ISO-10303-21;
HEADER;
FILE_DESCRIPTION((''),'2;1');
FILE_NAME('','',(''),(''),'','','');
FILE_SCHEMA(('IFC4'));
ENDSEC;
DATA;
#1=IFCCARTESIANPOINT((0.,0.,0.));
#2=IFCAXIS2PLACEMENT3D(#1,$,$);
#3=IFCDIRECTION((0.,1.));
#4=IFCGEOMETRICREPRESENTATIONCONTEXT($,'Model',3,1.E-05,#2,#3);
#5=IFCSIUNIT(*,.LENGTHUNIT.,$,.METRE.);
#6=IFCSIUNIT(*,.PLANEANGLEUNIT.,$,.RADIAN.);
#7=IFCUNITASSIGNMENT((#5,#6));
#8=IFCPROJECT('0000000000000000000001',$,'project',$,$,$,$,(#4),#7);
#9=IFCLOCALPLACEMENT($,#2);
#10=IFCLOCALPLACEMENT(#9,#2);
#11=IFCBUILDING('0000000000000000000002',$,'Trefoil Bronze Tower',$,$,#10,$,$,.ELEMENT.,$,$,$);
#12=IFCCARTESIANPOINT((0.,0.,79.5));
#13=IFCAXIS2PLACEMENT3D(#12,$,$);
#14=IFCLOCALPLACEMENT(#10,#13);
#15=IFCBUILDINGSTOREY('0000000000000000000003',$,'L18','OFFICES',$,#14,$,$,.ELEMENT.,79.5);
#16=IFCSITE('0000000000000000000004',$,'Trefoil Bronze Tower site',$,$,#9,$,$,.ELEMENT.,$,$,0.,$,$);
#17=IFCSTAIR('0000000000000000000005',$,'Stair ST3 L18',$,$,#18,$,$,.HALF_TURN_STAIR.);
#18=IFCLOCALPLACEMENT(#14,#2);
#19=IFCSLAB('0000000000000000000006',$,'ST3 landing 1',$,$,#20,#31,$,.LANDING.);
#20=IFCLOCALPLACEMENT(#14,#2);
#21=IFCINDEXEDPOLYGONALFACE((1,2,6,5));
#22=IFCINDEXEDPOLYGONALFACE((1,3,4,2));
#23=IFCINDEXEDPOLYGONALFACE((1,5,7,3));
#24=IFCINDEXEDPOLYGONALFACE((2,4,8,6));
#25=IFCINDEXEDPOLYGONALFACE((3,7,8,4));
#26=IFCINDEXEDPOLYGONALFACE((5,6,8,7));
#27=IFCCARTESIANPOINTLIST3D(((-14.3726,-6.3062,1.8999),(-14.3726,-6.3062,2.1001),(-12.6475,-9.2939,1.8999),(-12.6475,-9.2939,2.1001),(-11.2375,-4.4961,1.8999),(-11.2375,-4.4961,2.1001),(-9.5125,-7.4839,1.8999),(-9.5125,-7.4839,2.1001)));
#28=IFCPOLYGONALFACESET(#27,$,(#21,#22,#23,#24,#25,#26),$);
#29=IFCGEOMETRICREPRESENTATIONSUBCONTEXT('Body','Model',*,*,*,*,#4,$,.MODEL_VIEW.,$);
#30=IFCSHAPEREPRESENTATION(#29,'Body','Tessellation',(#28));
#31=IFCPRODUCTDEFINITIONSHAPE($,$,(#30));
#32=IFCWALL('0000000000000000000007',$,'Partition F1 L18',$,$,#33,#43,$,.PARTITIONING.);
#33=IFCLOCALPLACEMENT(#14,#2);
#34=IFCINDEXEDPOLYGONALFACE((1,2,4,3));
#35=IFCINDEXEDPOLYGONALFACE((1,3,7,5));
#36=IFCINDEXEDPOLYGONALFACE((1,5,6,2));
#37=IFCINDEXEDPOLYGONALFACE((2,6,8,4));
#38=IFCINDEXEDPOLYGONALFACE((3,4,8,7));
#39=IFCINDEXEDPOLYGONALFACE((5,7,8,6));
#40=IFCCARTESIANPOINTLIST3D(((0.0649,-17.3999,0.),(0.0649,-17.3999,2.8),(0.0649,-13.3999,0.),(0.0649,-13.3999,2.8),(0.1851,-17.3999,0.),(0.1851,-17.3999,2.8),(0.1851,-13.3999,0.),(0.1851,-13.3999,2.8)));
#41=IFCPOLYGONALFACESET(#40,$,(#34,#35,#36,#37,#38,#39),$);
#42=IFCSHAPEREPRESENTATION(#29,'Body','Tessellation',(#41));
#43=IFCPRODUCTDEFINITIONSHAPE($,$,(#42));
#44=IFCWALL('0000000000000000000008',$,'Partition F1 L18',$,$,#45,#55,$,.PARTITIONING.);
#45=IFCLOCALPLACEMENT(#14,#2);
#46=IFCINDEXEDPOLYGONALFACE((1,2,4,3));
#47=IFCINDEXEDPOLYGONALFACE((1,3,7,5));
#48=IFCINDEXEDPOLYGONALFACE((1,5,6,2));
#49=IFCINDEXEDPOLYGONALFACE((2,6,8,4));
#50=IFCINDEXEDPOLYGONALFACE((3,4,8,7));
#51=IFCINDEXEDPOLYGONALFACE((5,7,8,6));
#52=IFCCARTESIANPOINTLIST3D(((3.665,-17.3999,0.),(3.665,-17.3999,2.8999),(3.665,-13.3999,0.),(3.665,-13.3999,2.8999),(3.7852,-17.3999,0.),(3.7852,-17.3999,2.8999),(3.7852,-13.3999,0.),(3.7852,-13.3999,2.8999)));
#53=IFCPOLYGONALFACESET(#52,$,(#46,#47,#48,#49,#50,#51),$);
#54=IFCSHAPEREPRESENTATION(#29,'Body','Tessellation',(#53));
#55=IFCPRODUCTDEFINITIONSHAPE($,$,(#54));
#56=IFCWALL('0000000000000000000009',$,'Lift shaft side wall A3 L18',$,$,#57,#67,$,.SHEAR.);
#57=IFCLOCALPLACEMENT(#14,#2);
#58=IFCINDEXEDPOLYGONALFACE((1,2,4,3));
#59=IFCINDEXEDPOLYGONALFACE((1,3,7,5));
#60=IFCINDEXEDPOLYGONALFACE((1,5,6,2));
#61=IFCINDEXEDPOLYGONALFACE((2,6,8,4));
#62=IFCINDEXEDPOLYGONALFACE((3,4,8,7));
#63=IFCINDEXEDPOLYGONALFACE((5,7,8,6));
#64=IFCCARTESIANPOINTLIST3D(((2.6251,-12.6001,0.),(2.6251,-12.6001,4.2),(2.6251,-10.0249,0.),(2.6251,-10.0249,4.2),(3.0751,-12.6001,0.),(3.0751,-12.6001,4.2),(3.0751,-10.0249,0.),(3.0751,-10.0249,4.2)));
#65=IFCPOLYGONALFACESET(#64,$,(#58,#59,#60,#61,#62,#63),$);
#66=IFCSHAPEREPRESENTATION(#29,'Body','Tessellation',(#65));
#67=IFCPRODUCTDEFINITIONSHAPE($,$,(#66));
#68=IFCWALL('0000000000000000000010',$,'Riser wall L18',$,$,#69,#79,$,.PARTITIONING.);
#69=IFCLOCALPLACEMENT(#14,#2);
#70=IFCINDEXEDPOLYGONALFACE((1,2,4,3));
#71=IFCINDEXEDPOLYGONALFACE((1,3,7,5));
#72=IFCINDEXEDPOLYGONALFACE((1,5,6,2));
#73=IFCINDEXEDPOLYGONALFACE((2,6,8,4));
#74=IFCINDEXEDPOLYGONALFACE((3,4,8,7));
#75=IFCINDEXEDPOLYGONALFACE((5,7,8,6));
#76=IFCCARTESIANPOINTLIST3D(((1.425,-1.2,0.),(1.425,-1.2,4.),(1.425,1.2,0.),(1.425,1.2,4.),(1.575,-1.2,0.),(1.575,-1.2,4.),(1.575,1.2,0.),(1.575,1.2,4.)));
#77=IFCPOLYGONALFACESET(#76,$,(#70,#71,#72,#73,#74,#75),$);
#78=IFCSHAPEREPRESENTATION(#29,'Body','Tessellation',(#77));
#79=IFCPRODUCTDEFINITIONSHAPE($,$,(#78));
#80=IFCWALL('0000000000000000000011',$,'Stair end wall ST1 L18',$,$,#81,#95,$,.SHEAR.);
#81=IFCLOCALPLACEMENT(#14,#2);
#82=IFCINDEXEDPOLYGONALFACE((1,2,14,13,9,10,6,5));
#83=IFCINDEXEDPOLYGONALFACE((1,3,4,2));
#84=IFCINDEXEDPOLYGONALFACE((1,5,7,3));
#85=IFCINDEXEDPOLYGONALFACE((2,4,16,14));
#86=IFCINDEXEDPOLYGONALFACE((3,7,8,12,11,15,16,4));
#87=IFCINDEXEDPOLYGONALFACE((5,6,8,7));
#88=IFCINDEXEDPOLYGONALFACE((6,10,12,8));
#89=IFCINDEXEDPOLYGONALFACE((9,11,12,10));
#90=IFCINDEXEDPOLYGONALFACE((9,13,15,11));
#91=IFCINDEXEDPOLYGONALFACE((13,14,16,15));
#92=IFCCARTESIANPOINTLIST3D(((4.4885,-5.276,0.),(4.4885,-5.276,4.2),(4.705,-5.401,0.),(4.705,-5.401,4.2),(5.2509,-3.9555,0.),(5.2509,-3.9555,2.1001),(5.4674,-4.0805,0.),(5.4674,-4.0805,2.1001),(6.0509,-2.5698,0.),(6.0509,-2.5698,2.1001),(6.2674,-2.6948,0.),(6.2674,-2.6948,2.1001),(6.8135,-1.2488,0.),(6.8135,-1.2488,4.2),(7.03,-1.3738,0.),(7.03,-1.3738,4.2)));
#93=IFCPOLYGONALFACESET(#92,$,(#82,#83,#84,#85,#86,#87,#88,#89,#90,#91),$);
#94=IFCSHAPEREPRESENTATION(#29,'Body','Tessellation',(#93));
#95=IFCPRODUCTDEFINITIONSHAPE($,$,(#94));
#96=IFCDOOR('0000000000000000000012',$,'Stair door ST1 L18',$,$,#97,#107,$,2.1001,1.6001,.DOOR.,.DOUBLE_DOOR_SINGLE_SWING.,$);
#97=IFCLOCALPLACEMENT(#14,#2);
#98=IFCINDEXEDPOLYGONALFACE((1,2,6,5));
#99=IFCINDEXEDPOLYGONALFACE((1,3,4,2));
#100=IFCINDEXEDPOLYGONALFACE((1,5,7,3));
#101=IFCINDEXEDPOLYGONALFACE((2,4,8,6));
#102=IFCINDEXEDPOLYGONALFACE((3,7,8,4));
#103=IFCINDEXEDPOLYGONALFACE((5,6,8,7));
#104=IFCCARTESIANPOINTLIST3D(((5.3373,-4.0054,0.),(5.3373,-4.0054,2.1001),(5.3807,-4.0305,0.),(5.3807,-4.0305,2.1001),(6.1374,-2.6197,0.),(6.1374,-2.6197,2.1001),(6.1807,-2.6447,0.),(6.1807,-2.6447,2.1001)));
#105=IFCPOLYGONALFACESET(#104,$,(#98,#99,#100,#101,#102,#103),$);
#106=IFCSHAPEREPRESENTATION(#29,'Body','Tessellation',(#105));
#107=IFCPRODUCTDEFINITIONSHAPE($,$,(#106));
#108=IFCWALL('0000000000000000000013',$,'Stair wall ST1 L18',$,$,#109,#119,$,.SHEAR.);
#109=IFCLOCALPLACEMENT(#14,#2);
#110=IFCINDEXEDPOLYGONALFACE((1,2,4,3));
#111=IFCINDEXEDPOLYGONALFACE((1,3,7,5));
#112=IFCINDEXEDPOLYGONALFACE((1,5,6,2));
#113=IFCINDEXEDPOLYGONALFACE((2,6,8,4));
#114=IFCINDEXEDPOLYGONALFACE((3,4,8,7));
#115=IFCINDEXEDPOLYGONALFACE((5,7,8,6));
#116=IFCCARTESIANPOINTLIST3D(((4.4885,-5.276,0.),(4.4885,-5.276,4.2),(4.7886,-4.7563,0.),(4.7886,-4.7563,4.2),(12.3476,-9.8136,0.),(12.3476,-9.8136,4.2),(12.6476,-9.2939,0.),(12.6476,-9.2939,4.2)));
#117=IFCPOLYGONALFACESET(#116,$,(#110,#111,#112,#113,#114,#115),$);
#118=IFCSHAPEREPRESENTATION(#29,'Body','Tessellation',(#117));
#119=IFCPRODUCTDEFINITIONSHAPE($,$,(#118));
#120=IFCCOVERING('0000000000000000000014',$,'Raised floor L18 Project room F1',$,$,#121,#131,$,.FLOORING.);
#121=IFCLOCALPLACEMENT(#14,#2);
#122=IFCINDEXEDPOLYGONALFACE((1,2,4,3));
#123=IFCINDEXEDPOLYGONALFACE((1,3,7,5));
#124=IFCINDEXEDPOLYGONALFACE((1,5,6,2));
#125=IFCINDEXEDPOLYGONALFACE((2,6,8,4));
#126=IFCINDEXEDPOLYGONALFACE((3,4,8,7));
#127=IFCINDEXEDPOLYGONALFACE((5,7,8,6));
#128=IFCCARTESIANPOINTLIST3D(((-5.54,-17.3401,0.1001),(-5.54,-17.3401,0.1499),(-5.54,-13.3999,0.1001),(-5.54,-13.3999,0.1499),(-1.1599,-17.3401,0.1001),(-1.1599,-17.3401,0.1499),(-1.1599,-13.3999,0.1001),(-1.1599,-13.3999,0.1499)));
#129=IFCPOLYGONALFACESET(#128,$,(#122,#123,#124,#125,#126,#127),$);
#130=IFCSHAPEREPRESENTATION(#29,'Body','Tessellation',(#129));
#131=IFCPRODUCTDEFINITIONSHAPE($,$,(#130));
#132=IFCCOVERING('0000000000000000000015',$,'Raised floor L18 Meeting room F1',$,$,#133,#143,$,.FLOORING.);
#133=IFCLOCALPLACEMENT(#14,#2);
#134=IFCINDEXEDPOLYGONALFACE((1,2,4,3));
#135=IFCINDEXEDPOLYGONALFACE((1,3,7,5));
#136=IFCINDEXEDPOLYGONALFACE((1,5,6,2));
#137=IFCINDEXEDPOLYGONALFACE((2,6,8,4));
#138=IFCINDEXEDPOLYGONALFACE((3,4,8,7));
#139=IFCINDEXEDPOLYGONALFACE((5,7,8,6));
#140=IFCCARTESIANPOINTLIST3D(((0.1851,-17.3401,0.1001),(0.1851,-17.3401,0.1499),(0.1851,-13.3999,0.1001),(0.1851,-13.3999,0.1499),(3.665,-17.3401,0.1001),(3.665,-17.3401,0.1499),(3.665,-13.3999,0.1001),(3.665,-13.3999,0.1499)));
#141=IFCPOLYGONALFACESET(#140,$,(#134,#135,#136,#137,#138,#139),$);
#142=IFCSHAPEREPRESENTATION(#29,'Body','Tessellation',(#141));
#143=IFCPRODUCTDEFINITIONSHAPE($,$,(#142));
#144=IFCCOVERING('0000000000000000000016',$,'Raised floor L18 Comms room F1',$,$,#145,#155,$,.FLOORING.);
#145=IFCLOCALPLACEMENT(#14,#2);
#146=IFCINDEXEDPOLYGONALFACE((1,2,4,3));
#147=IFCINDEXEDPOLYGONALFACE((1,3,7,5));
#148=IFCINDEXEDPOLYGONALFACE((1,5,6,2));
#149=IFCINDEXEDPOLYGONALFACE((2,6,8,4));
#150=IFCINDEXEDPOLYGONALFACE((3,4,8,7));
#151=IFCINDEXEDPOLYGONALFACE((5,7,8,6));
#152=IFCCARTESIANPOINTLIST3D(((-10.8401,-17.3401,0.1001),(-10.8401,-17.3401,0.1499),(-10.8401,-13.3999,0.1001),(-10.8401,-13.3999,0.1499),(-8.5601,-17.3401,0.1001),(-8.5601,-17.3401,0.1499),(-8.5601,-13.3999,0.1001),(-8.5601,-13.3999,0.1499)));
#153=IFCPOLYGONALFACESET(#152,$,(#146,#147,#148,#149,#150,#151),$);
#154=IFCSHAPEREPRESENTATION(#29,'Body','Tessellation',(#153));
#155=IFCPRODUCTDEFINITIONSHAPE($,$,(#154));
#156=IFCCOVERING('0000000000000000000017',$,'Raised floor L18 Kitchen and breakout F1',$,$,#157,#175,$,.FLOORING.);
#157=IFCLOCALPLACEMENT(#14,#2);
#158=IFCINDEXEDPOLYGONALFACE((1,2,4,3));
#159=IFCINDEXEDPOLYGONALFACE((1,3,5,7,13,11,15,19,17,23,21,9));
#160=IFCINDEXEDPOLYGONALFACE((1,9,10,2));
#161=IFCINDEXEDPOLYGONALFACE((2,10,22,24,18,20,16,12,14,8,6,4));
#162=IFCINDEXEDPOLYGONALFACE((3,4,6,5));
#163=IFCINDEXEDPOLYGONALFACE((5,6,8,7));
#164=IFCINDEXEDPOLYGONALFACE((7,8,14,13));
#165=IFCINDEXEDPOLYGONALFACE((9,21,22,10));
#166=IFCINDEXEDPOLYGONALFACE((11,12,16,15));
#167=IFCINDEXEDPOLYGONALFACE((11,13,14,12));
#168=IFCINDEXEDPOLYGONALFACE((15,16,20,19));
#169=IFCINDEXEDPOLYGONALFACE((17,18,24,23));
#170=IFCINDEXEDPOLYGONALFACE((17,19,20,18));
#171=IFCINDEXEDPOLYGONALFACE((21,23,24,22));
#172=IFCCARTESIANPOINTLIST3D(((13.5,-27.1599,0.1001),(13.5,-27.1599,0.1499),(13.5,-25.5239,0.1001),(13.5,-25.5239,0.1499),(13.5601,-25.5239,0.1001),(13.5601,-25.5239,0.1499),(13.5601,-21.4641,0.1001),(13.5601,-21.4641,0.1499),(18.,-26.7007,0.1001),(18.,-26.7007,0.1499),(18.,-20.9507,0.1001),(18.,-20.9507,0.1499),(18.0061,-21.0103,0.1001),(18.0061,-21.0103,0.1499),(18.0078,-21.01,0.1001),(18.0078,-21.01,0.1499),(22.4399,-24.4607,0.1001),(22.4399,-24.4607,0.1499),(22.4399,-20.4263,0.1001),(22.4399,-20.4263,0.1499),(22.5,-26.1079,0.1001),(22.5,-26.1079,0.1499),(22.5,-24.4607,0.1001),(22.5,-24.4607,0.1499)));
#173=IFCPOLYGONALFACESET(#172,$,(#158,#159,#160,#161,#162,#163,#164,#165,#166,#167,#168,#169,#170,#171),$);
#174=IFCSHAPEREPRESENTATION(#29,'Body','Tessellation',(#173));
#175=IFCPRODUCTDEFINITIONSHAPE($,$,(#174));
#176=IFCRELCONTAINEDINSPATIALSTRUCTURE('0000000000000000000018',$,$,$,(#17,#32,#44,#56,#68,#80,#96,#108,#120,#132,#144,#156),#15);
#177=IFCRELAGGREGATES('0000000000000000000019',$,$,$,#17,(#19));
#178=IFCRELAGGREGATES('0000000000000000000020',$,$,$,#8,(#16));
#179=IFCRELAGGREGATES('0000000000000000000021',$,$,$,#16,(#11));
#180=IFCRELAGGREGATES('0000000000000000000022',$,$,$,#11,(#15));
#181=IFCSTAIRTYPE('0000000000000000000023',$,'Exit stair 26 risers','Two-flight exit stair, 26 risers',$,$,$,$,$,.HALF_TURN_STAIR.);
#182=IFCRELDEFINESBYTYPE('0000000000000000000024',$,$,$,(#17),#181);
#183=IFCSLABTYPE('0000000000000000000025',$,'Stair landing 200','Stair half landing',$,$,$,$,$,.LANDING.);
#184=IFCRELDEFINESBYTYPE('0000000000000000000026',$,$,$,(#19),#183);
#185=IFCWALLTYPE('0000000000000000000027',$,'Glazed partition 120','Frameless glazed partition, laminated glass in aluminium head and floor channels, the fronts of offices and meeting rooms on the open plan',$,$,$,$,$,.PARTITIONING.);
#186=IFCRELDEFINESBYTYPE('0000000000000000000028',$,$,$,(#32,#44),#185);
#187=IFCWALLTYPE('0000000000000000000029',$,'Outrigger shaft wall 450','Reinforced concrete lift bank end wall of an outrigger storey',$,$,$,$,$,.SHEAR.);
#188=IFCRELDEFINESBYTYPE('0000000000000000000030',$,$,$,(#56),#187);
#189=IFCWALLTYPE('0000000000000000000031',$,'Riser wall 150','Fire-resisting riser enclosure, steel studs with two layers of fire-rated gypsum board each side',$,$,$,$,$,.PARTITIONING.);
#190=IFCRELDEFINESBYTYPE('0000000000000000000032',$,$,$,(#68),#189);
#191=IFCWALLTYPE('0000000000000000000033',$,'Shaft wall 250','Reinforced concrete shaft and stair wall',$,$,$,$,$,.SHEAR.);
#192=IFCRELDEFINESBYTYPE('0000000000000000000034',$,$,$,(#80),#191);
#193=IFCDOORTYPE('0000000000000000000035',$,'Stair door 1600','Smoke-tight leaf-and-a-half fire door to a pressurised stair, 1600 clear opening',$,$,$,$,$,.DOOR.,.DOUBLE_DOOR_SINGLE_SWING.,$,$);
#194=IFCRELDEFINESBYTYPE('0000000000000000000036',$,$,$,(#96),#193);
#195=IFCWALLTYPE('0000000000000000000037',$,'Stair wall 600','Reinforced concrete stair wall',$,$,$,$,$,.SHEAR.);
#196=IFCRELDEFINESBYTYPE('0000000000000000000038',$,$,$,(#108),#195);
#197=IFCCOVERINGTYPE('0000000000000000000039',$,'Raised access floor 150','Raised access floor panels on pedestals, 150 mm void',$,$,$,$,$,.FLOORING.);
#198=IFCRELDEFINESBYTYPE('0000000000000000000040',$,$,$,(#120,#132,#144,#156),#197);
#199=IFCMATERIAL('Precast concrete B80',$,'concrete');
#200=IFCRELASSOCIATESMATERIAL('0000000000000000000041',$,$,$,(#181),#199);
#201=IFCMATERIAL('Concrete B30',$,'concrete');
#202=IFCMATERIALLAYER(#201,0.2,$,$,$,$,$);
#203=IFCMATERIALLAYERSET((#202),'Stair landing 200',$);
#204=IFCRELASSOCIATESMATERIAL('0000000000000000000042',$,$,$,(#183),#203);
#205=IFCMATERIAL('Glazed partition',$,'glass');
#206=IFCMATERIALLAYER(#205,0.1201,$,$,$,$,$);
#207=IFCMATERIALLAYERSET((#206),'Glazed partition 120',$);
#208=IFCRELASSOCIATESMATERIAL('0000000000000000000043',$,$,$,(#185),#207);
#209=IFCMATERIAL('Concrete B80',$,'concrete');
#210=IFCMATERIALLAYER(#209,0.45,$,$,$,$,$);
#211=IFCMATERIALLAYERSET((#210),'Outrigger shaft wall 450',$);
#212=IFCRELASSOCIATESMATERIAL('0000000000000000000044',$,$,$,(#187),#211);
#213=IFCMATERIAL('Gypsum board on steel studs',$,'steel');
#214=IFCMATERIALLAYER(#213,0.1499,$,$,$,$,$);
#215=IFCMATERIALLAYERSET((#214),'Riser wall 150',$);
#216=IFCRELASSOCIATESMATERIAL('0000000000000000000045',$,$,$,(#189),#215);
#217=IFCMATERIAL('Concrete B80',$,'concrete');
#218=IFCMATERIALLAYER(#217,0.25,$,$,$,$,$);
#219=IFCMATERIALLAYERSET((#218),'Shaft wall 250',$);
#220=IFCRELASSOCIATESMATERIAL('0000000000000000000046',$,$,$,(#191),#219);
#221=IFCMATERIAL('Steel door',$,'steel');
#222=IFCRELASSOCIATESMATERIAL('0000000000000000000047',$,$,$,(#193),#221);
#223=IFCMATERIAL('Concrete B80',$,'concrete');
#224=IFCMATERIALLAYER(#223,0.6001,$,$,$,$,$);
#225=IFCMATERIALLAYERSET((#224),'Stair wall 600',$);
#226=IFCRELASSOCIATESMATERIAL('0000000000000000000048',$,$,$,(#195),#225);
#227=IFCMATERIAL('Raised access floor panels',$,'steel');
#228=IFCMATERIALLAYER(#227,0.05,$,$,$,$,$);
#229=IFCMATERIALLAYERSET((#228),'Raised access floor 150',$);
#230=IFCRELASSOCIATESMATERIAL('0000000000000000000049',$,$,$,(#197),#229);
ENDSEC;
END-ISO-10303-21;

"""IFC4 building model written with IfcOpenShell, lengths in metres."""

from ifc_helpers import new_model, si_unit, direction, frame, frame_2d, origin, place, context, subcontext, project, spatial, polyline, rectangle, outline, extrude, material, layer, layer_set, type_object, element, fill, aggregate, save


model = new_model("IFC4")

# Units and contexts
model_context = context("Model", 3, precision=1e-05, world=origin(), true_north=direction((0.0, 1.0)))
body_context = subcontext(model_context, "Body", "Model", "MODEL_VIEW")
ifc_project = project(units=[si_unit("LENGTHUNIT", "METRE"), si_unit("PLANEANGLEUNIT", "RADIAN")], contexts=[model_context])

# Site, building, storey
site_placement = place(None, origin())
site = spatial("IfcSite", under=ifc_project, at=site_placement, Name="Trefoil Bronze Tower site", CompositionType="ELEMENT", RefElevation=0.0)
building_placement = place(site_placement, origin())
building = spatial("IfcBuilding", under=site, at=building_placement, Name="Trefoil Bronze Tower", CompositionType="ELEMENT")
storey_placement = place(building_placement, frame((0.0, 0.0, 79.5)))
storey = spatial("IfcBuildingStorey", under=building, at=storey_placement, Name="L18", Description="OFFICES", CompositionType="ELEMENT", Elevation=79.5)

# Stair, slab
ifc_material_1 = material(Name="Precast concrete B80", Category="concrete")
stair_type = type_object("IfcStairType", Name="Exit stair 26 risers", Description="Two-flight exit stair, 26 risers", PredefinedType="HALF_TURN_STAIR", material=ifc_material_1)
stair_placement = place(storey_placement, origin())
stair = element("IfcStair", 1, at=stair_placement, inside=storey, type_object=stair_type, Name="Stair ST3 L18", PredefinedType="HALF_TURN_STAIR")
ifc_material_2 = material(Name="Concrete B30", Category="concrete")
ifc_layer_1 = layer(ifc_material_2, 0.2)
ifc_layer_set_1 = layer_set([ifc_layer_1], Name="Stair landing 200")
slab_type = type_object("IfcSlabType", Name="Stair landing 200", Description="Stair half landing", PredefinedType="LANDING", material=ifc_layer_set_1)
slab_placement = place(storey_placement, frame((0.0, 0.0, 1.8999)))
slab = element("IfcSlab", 2, at=slab_placement, type_object=slab_type, Name="ST3 landing 1", PredefinedType="LANDING", context=body_context, shape_type="SweptSolid", body=[
    extrude(outline(polyline([(-11.2375, -4.4961), (-14.3726, -6.3062), (-12.6475, -9.2939), (-9.5125, -7.4839), (-11.2375, -4.4961)])), origin(), (0.0, 0.0, 1.0), 0.2002),
])
aggregate(stair, [slab])

# Walls
ifc_material_3 = material(Name="Glazed partition", Category="glass")
ifc_layer_2 = layer(ifc_material_3, 0.1201)
ifc_layer_set_2 = layer_set([ifc_layer_2], Name="Glazed partition 120")
wall_type_1 = type_object("IfcWallType", Name="Glazed partition 120", Description="Frameless glazed partition, laminated glass in aluminium head and floor channels, the fronts of offices and meeting rooms on the open plan", PredefinedType="PARTITIONING", material=ifc_layer_set_2)
wall_1_placement = place(storey_placement, frame((0.125, -13.3999, 0.0), z_axis=(0.0, 0.0, 1.0), x_axis=(0.0, -1.0, 0.0)))
element("IfcWall", 3, at=wall_1_placement, inside=storey, type_object=wall_type_1, Name="Partition F1 L18", PredefinedType="PARTITIONING", context=body_context, shape_type="SweptSolid", body=[
    extrude(rectangle(XDim=4.0, YDim=0.1201, at=frame_2d((2.0, 0.0))), origin(), (0.0, 0.0, 1.0), 2.8),
])
wall_2_placement = place(storey_placement, frame((3.7251, -13.3999, 0.0), z_axis=(0.0, 0.0, 1.0), x_axis=(0.0, -1.0, 0.0)))
element("IfcWall", 4, at=wall_2_placement, inside=storey, type_object=wall_type_1, Name="Partition F1 L18", PredefinedType="PARTITIONING", context=body_context, shape_type="SweptSolid", body=[
    extrude(rectangle(XDim=4.0, YDim=0.1201, at=frame_2d((2.0, 0.0))), origin(), (0.0, 0.0, 1.0), 2.8999),
])
ifc_material_4 = material(Name="Concrete B80", Category="concrete")
ifc_layer_3 = layer(ifc_material_4, 0.45)
ifc_layer_set_3 = layer_set([ifc_layer_3], Name="Outrigger shaft wall 450")
wall_type_2 = type_object("IfcWallType", Name="Outrigger shaft wall 450", Description="Reinforced concrete lift bank end wall of an outrigger storey", PredefinedType="SHEAR", material=ifc_layer_set_3)
wall_3_placement = place(storey_placement, frame((2.8501, -10.0249, 0.0), z_axis=(0.0, 0.0, 1.0), x_axis=(0.0, -1.0, 0.0)))
element("IfcWall", 5, at=wall_3_placement, inside=storey, type_object=wall_type_2, Name="Lift shaft side wall A3 L18", PredefinedType="SHEAR", context=body_context, shape_type="SweptSolid", body=[
    extrude(rectangle(XDim=2.5752, YDim=0.45, at=frame_2d((1.2876, 0.0))), origin(), (0.0, 0.0, 1.0), 4.2),
])
ifc_material_5 = material(Name="Gypsum board on steel studs", Category="steel")
ifc_layer_4 = layer(ifc_material_5, 0.1499)
ifc_layer_set_4 = layer_set([ifc_layer_4], Name="Riser wall 150")
wall_type_3 = type_object("IfcWallType", Name="Riser wall 150", Description="Fire-resisting riser enclosure, steel studs with two layers of fire-rated gypsum board each side", PredefinedType="PARTITIONING", material=ifc_layer_set_4)
wall_4_placement = place(storey_placement, frame((1.5, -1.2, 0.0), z_axis=(0.0, 0.0, 1.0), x_axis=(0.0, 1.0, 0.0)))
element("IfcWall", 6, at=wall_4_placement, inside=storey, type_object=wall_type_3, Name="Riser wall L18", PredefinedType="PARTITIONING", context=body_context, shape_type="SweptSolid", body=[
    extrude(rectangle(XDim=2.3999, YDim=0.1499, at=frame_2d((1.2, 0.0))), origin(), (0.0, 0.0, 1.0), 4.0),
])

# Wall, opening, door
ifc_material_6 = material(Name="Concrete B80", Category="concrete")
ifc_layer_5 = layer(ifc_material_6, 0.25)
ifc_layer_set_5 = layer_set([ifc_layer_5], Name="Shaft wall 250")
wall_type_4 = type_object("IfcWallType", Name="Shaft wall 250", Description="Reinforced concrete shaft and stair wall", PredefinedType="SHEAR", material=ifc_layer_set_5)
wall_5_placement = place(storey_placement, frame((4.5967, -5.3386, 0.0), z_axis=(0.0, 0.0, 1.0), x_axis=(0.499985, 0.866034, 0.0)))
wall_5 = element("IfcWall", 7, at=wall_5_placement, inside=storey, type_object=wall_type_4, Name="Stair end wall ST1 L18", PredefinedType="SHEAR", context=body_context, shape_type="SweptSolid", body=[
    extrude(rectangle(XDim=4.6501, YDim=0.25, at=frame_2d((2.3252, 0.0))), origin(), (0.0, 0.0, 1.0), 4.2),
])
opening_placement = place(wall_5_placement, frame((1.5249, 0.0, 0.0)))
opening = element("IfcOpeningElement", 8, at=opening_placement, cuts=wall_5, PredefinedType="OPENING", context=body_context, shape_type="SweptSolid", body=[
    extrude(rectangle(XDim=1.6001, YDim=2.1001, at=frame_2d((0.8, 1.05))), frame((0.0, 0.135, 0.0), z_axis=(0.0, -1.0, 0.0), x_axis=(1.0, 0.0, 0.0)), (0.0, 0.0, 1.0), 0.27),
])
ifc_material_7 = material(Name="Steel door", Category="steel")
door_type = type_object("IfcDoorType", Name="Stair door 1600", Description="Smoke-tight leaf-and-a-half fire door to a pressurised stair, 1600 clear opening", OperationType="DOUBLE_DOOR_SINGLE_SWING", PredefinedType="DOOR", material=ifc_material_7)
door_placement = place(opening_placement, frame((1.6001, 0.0, 0.0), z_axis=(0.0, 0.0, 1.0), x_axis=(-1.0, 0.0, 0.0)))
door = element("IfcDoor", 9, at=door_placement, inside=storey, type_object=door_type, Name="Stair door ST1 L18", OperationType="DOUBLE_DOOR_SINGLE_SWING", OverallHeight=2.1001, OverallWidth=1.6001, PredefinedType="DOOR", context=body_context, shape_type="SweptSolid", body=[
    extrude(rectangle(XDim=1.6001, YDim=2.1001, at=frame_2d((0.8, 1.05))), frame((0.0, 0.0249, 0.0), z_axis=(0.0, -1.0, 0.0), x_axis=(1.0, 0.0, 0.0)), (0.0, 0.0, 1.0), 0.05),
])
fill(opening, door)

# Wall
ifc_material_8 = material(Name="Concrete B80", Category="concrete")
ifc_layer_6 = layer(ifc_material_8, 0.6001)
ifc_layer_set_6 = layer_set([ifc_layer_6], Name="Stair wall 600")
wall_type_5 = type_object("IfcWallType", Name="Stair wall 600", Description="Reinforced concrete stair wall", PredefinedType="SHEAR", material=ifc_layer_set_6)
wall_6_placement = place(storey_placement, frame((4.6384, -5.0161, 0.0), z_axis=(0.0, 0.0, 1.0), x_axis=(0.866019, -0.50001, 0.0)))
element("IfcWall", 10, at=wall_6_placement, inside=storey, type_object=wall_type_5, Name="Stair wall ST1 L18", PredefinedType="SHEAR", context=body_context, shape_type="SweptSolid", body=[
    extrude(rectangle(XDim=9.075, YDim=0.6001, at=frame_2d((4.5376, 0.0))), origin(), (0.0, 0.0, 1.0), 4.2),
])

# Coverings
ifc_material_9 = material(Name="Raised access floor panels", Category="steel")
ifc_layer_7 = layer(ifc_material_9, 0.05)
ifc_layer_set_7 = layer_set([ifc_layer_7], Name="Raised access floor 150")
covering_type_1 = type_object("IfcCoveringType", Name="Raised access floor 150", Description="Raised access floor panels on pedestals, 150 mm void", PredefinedType="FLOORING", material=ifc_layer_set_7)
covering_1_placement = place(storey_placement, frame((0.0, 0.0, 0.1001)))
element("IfcCovering", 11, at=covering_1_placement, inside=storey, type_object=covering_type_1, Name="Raised floor L18 Project room F1", PredefinedType="FLOORING", context=body_context, shape_type="SweptSolid", body=[
    extrude(outline(polyline([(-1.1599, -13.3999), (-1.1599, -17.3401), (-5.54, -17.3401), (-5.54, -13.3999), (-1.1599, -13.3999)])), origin(), (0.0, 0.0, 1.0), 0.0498),
])
covering_2_placement = place(storey_placement, frame((0.0, 0.0, 0.1001)))
element("IfcCovering", 12, at=covering_2_placement, inside=storey, type_object=covering_type_1, Name="Raised floor L18 Meeting room F1", PredefinedType="FLOORING", context=body_context, shape_type="SweptSolid", body=[
    extrude(outline(polyline([(3.665, -13.3999), (3.665, -17.3401), (0.1851, -17.3401), (0.1851, -13.3999), (3.665, -13.3999)])), origin(), (0.0, 0.0, 1.0), 0.0498),
])
covering_3_placement = place(storey_placement, frame((0.0, 0.0, 0.1001)))
element("IfcCovering", 13, at=covering_3_placement, inside=storey, type_object=covering_type_1, Name="Raised floor L18 Comms room F1", PredefinedType="FLOORING", context=body_context, shape_type="SweptSolid", body=[
    extrude(outline(polyline([(-8.5601, -13.3999), (-8.5601, -17.3401), (-10.8401, -17.3401), (-10.8401, -13.3999), (-8.5601, -13.3999)])), origin(), (0.0, 0.0, 1.0), 0.0498),
])
covering_4_placement = place(storey_placement, frame((0.0, 0.0, 0.1001)))
element("IfcCovering", 14, at=covering_4_placement, inside=storey, type_object=covering_type_1, Name="Raised floor L18 Kitchen and breakout F1", PredefinedType="FLOORING", context=body_context, shape_type="SweptSolid", body=[
    extrude(outline(polyline([(18.0, -26.7007), (13.5, -27.1599), (13.5, -25.5239), (13.5601, -25.5239), (13.5601, -21.4641), (18.0061, -21.0103), (18.0, -20.9507), (18.0078, -21.01), (22.4399, -20.4263), (22.4399, -24.4607), (22.5, -24.4607), (22.5, -26.1079), (18.0, -26.7007)])), origin(), (0.0, 0.0, 1.0), 0.0498),
])

save(model, "model.ifc")
